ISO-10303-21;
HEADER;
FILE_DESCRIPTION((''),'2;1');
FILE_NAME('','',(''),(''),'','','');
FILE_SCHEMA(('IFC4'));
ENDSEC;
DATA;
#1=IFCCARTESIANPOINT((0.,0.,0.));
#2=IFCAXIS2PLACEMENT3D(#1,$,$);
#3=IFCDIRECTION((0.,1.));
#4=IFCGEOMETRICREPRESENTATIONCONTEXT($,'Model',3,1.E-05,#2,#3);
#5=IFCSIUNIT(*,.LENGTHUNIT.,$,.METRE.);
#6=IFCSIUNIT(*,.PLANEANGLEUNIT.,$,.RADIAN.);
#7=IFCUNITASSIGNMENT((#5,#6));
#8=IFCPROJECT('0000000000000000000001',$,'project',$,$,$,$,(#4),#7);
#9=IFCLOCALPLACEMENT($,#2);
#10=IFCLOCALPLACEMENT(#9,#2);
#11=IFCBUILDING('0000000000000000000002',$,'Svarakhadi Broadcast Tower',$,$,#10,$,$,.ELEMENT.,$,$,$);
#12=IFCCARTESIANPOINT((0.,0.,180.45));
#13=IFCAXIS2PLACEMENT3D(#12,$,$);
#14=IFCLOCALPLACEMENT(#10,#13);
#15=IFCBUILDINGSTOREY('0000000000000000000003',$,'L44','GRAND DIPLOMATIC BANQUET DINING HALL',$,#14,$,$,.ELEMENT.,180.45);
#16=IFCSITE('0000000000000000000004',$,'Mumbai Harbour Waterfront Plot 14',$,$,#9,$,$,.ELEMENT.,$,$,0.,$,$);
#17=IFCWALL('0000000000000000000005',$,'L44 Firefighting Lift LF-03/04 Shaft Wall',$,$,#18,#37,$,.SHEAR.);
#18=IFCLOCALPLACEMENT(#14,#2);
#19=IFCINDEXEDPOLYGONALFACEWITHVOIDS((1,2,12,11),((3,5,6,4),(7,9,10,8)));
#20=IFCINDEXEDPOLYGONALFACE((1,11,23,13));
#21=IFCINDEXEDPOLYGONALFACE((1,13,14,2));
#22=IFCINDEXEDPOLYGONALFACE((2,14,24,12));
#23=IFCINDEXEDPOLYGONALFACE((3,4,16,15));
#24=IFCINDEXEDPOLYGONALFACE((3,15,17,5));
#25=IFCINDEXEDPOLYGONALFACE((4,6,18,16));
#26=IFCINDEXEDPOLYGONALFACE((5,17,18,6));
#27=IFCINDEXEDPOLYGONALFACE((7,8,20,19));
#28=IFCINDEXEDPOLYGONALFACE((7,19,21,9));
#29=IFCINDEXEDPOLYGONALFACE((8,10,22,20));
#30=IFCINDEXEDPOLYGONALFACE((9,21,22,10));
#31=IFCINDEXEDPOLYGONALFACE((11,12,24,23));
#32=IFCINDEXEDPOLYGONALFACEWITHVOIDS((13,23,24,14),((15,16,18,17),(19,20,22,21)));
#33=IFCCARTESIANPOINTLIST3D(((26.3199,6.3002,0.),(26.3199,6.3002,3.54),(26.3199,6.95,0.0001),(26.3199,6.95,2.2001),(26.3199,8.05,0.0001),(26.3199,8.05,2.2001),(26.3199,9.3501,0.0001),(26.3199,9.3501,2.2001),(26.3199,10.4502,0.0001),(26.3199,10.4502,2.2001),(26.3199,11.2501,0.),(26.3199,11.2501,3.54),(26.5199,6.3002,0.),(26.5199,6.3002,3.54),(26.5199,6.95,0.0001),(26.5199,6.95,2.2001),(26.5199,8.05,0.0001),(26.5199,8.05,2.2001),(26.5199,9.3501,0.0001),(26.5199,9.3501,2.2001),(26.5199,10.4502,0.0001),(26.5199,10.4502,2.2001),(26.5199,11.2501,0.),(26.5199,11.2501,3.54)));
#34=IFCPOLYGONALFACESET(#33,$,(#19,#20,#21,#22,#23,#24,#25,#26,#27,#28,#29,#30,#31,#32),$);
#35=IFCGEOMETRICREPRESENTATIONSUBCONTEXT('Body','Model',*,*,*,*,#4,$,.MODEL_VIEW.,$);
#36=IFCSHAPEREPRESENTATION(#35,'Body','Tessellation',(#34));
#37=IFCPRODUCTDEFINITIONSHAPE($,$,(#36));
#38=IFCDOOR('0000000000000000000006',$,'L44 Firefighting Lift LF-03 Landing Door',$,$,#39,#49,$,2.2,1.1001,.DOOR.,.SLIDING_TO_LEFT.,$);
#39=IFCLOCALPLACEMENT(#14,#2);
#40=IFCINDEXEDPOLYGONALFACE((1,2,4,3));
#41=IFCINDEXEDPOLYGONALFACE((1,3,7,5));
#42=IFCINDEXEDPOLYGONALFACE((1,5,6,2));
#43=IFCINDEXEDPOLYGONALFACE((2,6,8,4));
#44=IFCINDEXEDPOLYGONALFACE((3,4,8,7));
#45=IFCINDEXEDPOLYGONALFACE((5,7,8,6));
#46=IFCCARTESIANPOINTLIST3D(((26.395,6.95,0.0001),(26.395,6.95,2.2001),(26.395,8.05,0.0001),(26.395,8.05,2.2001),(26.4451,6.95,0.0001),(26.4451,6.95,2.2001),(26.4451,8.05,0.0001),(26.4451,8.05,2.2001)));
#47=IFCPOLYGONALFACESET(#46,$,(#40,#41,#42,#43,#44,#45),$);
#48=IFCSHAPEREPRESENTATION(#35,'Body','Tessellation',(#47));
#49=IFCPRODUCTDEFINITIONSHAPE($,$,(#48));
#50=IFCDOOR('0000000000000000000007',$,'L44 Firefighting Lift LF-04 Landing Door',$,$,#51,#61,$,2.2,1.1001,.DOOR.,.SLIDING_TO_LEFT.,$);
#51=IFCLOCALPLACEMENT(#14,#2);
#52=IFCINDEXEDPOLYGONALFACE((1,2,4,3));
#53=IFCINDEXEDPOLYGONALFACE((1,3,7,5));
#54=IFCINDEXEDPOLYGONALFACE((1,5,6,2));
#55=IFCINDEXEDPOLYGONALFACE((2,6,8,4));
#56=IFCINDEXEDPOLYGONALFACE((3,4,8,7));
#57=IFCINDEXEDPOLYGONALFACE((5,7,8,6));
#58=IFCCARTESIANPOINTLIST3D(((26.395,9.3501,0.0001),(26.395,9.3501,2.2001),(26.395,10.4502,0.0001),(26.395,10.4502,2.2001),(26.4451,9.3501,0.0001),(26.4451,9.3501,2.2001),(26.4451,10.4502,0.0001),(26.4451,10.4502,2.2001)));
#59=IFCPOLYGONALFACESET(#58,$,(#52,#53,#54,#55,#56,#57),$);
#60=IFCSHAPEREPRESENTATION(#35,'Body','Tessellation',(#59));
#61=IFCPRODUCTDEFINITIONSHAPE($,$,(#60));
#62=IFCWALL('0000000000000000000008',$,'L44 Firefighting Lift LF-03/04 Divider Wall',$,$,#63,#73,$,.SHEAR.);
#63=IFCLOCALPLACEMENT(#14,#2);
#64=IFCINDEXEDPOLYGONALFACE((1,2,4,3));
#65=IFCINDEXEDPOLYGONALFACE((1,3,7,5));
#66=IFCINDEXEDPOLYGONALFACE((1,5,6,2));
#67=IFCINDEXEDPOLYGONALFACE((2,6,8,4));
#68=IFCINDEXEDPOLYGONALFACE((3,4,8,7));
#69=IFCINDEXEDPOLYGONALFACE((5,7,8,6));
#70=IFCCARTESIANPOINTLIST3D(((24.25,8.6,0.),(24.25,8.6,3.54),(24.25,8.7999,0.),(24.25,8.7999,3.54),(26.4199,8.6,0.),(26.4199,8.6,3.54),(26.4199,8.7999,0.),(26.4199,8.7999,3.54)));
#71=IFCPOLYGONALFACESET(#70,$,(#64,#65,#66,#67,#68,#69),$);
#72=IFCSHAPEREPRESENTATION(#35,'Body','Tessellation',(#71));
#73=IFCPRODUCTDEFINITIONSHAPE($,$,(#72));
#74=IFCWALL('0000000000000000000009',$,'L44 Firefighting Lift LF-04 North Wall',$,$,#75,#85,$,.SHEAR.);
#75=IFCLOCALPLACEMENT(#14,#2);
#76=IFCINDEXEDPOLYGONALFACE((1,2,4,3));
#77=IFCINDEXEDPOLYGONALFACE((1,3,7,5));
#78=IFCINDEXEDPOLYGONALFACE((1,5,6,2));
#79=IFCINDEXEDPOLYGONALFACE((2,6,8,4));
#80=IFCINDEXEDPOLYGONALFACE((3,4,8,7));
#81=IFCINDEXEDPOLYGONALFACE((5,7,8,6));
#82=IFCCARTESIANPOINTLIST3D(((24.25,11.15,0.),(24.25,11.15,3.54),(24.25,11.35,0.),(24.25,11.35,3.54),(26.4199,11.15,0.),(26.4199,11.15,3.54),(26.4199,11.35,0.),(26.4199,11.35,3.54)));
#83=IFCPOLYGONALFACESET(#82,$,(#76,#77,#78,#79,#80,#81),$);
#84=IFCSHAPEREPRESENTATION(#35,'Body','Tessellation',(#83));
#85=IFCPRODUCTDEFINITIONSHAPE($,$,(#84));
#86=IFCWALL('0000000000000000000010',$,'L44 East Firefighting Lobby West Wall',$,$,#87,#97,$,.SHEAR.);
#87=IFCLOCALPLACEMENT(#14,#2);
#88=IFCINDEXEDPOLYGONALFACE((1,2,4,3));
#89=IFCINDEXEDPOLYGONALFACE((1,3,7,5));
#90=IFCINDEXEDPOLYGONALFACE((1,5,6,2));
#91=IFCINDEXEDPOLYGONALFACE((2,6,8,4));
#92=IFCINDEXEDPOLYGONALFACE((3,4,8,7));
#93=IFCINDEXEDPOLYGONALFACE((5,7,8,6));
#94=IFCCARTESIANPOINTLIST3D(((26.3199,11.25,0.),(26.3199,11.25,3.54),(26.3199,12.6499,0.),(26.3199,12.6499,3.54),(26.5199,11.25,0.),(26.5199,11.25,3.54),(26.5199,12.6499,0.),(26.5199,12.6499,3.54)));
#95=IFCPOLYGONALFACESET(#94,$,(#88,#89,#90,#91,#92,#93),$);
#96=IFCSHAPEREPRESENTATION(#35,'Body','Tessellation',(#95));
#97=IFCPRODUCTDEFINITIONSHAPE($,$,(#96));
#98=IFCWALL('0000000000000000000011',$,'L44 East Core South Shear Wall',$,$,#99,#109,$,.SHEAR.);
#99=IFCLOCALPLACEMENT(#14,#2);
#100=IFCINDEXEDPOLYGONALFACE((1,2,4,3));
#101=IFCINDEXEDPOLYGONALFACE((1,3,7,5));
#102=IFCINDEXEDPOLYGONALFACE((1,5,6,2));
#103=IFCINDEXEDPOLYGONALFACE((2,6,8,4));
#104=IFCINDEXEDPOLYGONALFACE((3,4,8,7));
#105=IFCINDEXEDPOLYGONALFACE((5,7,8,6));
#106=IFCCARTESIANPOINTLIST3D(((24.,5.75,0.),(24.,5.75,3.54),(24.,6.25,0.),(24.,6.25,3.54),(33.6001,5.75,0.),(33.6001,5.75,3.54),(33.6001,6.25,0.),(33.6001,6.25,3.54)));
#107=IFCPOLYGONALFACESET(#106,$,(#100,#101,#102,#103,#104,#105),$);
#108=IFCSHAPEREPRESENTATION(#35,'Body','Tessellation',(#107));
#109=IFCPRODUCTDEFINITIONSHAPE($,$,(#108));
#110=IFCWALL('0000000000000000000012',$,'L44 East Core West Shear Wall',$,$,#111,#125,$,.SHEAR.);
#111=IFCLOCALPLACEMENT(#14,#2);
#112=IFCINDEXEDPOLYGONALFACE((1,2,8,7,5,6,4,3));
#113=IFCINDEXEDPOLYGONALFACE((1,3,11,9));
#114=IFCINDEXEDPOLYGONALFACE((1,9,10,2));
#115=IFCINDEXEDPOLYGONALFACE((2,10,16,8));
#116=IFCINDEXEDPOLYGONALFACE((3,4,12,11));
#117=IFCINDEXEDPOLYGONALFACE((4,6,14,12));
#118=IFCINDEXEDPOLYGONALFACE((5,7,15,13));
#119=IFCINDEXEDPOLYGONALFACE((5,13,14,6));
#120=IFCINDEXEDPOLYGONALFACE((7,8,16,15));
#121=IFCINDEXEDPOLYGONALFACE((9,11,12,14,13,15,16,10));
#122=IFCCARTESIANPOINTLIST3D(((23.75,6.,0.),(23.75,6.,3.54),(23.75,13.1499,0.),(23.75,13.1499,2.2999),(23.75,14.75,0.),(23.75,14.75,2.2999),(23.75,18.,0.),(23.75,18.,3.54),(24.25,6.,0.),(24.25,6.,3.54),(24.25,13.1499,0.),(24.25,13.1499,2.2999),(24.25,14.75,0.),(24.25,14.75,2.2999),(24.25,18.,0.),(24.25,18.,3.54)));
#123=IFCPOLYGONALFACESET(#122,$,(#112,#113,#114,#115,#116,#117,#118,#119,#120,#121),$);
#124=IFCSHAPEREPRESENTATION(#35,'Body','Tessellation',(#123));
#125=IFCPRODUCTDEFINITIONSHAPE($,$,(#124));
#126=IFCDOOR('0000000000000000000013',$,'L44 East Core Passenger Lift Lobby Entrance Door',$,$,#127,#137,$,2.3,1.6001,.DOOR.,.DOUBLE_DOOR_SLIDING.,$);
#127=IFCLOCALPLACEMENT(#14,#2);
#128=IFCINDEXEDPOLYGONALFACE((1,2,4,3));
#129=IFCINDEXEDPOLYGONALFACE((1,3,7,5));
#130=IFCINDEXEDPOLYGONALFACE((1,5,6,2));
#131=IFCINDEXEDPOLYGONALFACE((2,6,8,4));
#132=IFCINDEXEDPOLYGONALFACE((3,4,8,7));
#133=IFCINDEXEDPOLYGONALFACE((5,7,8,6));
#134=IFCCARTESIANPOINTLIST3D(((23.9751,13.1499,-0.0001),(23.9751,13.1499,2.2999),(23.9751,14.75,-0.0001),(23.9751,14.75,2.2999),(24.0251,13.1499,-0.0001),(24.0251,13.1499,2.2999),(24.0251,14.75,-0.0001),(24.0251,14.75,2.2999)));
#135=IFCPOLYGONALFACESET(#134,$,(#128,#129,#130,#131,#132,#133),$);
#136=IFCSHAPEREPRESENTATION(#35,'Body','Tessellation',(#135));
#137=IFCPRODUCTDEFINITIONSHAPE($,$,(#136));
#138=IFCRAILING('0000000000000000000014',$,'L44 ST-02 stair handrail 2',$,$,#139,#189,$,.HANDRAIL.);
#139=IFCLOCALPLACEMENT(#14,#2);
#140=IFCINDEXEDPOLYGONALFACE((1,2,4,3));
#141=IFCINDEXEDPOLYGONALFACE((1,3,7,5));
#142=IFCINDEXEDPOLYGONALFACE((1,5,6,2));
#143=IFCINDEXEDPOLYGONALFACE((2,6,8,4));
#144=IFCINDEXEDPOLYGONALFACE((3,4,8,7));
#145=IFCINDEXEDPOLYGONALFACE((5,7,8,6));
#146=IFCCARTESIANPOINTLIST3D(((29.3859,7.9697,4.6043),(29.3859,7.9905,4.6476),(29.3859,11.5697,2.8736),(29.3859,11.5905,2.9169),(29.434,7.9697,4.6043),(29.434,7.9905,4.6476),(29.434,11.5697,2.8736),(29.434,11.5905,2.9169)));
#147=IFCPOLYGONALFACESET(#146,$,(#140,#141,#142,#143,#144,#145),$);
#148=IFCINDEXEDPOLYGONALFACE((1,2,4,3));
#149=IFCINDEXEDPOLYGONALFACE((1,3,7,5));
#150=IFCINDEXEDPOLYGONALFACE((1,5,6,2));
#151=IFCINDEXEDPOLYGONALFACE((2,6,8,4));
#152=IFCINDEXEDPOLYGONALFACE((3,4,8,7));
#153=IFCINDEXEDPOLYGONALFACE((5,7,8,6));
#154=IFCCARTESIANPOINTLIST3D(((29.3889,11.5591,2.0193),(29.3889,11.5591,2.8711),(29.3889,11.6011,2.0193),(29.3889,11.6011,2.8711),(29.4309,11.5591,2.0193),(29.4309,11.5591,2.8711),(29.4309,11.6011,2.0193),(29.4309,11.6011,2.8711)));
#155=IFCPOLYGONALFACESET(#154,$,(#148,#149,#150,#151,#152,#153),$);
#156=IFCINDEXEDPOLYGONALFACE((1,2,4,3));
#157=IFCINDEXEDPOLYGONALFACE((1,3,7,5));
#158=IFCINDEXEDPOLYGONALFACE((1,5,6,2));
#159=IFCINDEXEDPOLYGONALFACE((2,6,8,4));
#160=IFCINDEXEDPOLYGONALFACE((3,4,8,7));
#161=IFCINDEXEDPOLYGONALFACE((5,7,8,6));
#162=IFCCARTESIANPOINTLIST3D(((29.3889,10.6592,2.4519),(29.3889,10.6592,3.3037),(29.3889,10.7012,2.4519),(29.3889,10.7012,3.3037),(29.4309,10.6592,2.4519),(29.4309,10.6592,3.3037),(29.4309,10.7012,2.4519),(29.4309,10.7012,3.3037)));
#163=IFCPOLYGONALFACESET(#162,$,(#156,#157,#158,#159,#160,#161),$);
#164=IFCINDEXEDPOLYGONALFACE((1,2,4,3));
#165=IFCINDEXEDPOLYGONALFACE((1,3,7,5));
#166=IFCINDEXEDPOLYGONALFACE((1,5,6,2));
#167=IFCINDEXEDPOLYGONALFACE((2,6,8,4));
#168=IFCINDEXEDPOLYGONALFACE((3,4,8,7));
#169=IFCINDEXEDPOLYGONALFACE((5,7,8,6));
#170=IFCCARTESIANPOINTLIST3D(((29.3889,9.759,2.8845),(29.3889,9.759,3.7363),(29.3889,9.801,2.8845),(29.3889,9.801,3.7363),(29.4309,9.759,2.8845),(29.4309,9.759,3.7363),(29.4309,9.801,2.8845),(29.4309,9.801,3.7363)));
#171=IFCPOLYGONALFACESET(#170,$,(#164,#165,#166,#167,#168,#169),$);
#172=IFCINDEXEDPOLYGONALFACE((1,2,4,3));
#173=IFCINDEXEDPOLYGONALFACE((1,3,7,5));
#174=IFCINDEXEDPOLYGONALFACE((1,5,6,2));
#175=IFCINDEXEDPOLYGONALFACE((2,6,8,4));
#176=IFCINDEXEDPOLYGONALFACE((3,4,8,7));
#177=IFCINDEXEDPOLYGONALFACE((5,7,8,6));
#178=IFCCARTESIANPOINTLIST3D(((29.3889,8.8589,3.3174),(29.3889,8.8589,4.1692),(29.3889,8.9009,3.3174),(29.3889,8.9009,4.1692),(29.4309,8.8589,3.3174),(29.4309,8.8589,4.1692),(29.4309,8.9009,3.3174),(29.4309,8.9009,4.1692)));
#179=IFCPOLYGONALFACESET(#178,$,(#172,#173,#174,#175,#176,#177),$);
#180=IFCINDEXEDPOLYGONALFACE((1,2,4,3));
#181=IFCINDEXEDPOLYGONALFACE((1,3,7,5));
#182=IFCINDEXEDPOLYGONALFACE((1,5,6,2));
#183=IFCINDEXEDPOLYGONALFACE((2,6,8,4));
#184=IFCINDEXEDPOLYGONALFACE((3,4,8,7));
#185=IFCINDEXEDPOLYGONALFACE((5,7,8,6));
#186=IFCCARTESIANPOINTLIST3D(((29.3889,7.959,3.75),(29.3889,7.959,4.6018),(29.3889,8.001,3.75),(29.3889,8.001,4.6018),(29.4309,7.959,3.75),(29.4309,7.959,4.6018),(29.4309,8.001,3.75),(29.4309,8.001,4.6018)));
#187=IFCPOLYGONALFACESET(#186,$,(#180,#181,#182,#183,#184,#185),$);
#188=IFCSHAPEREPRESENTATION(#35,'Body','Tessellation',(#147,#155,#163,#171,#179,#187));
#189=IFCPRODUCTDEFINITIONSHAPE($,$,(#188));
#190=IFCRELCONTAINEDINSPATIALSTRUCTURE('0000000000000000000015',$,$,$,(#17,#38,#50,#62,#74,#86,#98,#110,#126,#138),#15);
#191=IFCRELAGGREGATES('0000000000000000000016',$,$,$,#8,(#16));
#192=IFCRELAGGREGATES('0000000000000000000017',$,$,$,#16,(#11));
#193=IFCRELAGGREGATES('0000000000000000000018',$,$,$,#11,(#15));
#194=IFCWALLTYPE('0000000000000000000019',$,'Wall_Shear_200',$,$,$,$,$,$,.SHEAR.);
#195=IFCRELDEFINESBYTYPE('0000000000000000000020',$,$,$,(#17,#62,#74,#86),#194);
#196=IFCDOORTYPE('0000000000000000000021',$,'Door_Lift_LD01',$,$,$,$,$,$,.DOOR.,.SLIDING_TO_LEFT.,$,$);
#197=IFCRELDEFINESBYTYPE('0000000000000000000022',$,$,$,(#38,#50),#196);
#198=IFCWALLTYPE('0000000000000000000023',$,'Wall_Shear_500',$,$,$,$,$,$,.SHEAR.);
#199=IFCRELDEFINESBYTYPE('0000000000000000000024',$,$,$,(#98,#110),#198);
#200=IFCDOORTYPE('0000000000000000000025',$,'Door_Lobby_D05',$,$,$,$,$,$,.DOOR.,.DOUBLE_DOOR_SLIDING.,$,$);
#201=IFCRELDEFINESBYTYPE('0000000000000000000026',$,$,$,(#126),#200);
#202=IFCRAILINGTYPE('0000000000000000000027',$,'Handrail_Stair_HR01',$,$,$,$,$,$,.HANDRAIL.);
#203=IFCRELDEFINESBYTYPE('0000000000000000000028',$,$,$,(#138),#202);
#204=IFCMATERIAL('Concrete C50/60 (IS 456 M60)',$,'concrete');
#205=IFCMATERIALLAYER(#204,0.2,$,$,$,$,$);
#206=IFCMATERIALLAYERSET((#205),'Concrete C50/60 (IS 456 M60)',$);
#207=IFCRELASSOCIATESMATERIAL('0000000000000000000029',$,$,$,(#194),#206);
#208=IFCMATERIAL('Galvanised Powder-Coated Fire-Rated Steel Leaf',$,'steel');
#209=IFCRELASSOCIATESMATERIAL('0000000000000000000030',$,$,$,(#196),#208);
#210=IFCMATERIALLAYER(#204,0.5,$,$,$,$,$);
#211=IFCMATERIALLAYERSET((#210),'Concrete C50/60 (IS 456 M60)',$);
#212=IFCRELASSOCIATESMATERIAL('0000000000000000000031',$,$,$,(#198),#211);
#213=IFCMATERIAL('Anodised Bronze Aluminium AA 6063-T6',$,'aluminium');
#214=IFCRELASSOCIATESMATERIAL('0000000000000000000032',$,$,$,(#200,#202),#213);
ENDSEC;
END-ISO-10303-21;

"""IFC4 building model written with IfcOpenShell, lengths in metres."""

from ifc_helpers import new_model, si_unit, direction, frame, frame_2d, origin, origin_2d, place, context, subcontext, project, spatial, rectangle, extrude, material, layer, layer_set, type_object, element, fill, save


model = new_model("IFC4")

# Units and contexts
model_context = context("Model", 3, precision=1e-05, world=origin(), true_north=direction((0.0, 1.0)))
body_context = subcontext(model_context, "Body", "Model", "MODEL_VIEW")
ifc_project = project(units=[si_unit("LENGTHUNIT", "METRE"), si_unit("PLANEANGLEUNIT", "RADIAN")], contexts=[model_context])

# Site, building, storey
site_placement = place(None, origin())
site = spatial("IfcSite", under=ifc_project, at=site_placement, Name="Mumbai Harbour Waterfront Plot 14", CompositionType="ELEMENT", RefElevation=0.0)
building_placement = place(site_placement, origin())
building = spatial("IfcBuilding", under=site, at=building_placement, Name="Svarakhadi Broadcast Tower", CompositionType="ELEMENT")
storey_placement = place(building_placement, frame((0.0, 0.0, 180.45)))
storey = spatial("IfcBuildingStorey", under=building, at=storey_placement, Name="L44", Description="GRAND DIPLOMATIC BANQUET DINING HALL", CompositionType="ELEMENT", Elevation=180.45)

# Shared definitions
ifc_material_1 = material(Name="Concrete C50/60 (IS 456 M60)", Category="concrete")

# Shared definitions
ifc_layer_1 = layer(ifc_material_1, 0.2)
ifc_layer_set_1 = layer_set([ifc_layer_1], Name="Concrete C50/60 (IS 456 M60)")
wall_type_1 = type_object("IfcWallType", Name="Wall_Shear_200", PredefinedType="SHEAR", material=ifc_layer_set_1)
ifc_material_2 = material(Name="Galvanised Powder-Coated Fire-Rated Steel Leaf", Category="steel")

# Wall, openings, doors
wall_1_placement = place(storey_placement, frame((26.4199, 6.3, 0.0), z_axis=(0.0, 0.0, 1.0), x_axis=(0.0, 1.0, 0.0)))
wall_1 = element("IfcWall", 1, at=wall_1_placement, inside=storey, type_object=wall_type_1, Name="L44 Firefighting Lift LF-03/04 Shaft Wall", PredefinedType="SHEAR", context=body_context, shape_type="SweptSolid", body=[
    extrude(rectangle(XDim=4.95, YDim=0.2, at=frame_2d((2.4751, 0.0))), origin(), (0.0, 0.0, 1.0), 3.54),
])
opening_1_placement = place(wall_1_placement, frame((0.6499, 0.0, 0.0)))
opening_1 = element("IfcOpeningElement", 2, at=opening_1_placement, cuts=wall_1, PredefinedType="OPENING", context=body_context, shape_type="SweptSolid", body=[
    extrude(rectangle(XDim=1.1001, YDim=2.2, at=frame_2d((0.55, 1.1001))), frame((0.0, 0.1099, 0.0), z_axis=(0.0, -1.0, 0.0), x_axis=(1.0, 0.0, 0.0)), (0.0, 0.0, 1.0), 0.22),
])
opening_2_placement = place(wall_1_placement, frame((3.05, 0.0, 0.0)))
opening_2 = element("IfcOpeningElement", 3, at=opening_2_placement, cuts=wall_1, PredefinedType="OPENING", context=body_context, shape_type="SweptSolid", body=[
    extrude(rectangle(XDim=1.1001, YDim=2.2, at=frame_2d((0.55, 1.1001))), frame((0.0, 0.1099, 0.0), z_axis=(0.0, -1.0, 0.0), x_axis=(1.0, 0.0, 0.0)), (0.0, 0.0, 1.0), 0.22),
])
door_type_1 = type_object("IfcDoorType", Name="Door_Lift_LD01", OperationType="SLIDING_TO_LEFT", PredefinedType="DOOR", material=ifc_material_2)
door_1_placement = place(opening_1_placement, origin())
door_1 = element("IfcDoor", 4, at=door_1_placement, inside=storey, type_object=door_type_1, Name="L44 Firefighting Lift LF-03 Landing Door", OperationType="SLIDING_TO_LEFT", OverallHeight=2.2, OverallWidth=1.1001, PredefinedType="DOOR", context=body_context, shape_type="SweptSolid", body=[
    extrude(rectangle(XDim=1.1001, YDim=2.2, at=frame_2d((0.55, 1.1001))), frame((0.0, 0.0249, 0.0), z_axis=(0.0, -1.0, 0.0), x_axis=(1.0, 0.0, 0.0)), (0.0, 0.0, 1.0), 0.05),
])
fill(opening_1, door_1)
door_2_placement = place(opening_2_placement, origin())
door_2 = element("IfcDoor", 5, at=door_2_placement, inside=storey, type_object=door_type_1, Name="L44 Firefighting Lift LF-04 Landing Door", OperationType="SLIDING_TO_LEFT", OverallHeight=2.2, OverallWidth=1.1001, PredefinedType="DOOR", context=body_context, shape_type="SweptSolid", body=[
    extrude(rectangle(XDim=1.1001, YDim=2.2, at=frame_2d((0.55, 1.1001))), frame((0.0, 0.0249, 0.0), z_axis=(0.0, -1.0, 0.0), x_axis=(1.0, 0.0, 0.0)), (0.0, 0.0, 1.0), 0.05),
])
fill(opening_2, door_2)

# Walls
for number, where, z_axis, x_axis, name in (
    (6, (24.25, 8.7, 0.0), (0.0, 0.0, 1.0), (1.0, 0.0, 0.0), "L44 Firefighting Lift LF-03/04 Divider Wall"),
    (7, (24.25, 11.25, 0.0), (0.0, 0.0, 1.0), (1.0, 0.0, 0.0), "L44 Firefighting Lift LF-04 North Wall"),
):
    element("IfcWall", number, at=place(storey_placement, frame(where, z_axis=z_axis, x_axis=x_axis)), inside=storey, type_object=wall_type_1, Name=name, PredefinedType="SHEAR", context=body_context, shape_type="SweptSolid", body=[
        extrude(rectangle(XDim=2.1699, YDim=0.2, at=frame_2d((1.085, 0.0))), origin(), (0.0, 0.0, 1.0), 3.54),
    ])
wall_2_placement = place(storey_placement, frame((26.4199, 11.25, 0.0), z_axis=(0.0, 0.0, 1.0), x_axis=(0.0, 1.0, 0.0)))
element("IfcWall", 8, at=wall_2_placement, inside=storey, type_object=wall_type_1, Name="L44 East Firefighting Lobby West Wall", PredefinedType="SHEAR", context=body_context, shape_type="SweptSolid", body=[
    extrude(rectangle(XDim=1.3999, YDim=0.2, at=frame_2d((0.7, 0.0))), origin(), (0.0, 0.0, 1.0), 3.54),
])
ifc_layer_2 = layer(ifc_material_1, 0.5)
ifc_layer_set_2 = layer_set([ifc_layer_2], Name="Concrete C50/60 (IS 456 M60)")
wall_type_2 = type_object("IfcWallType", Name="Wall_Shear_500", PredefinedType="SHEAR", material=ifc_layer_set_2)
wall_3_placement = place(storey_placement, frame((24.0, 6.0, 0.0), z_axis=(0.0, 0.0, 1.0), x_axis=(1.0, 0.0, 0.0)))
element("IfcWall", 9, at=wall_3_placement, inside=storey, type_object=wall_type_2, Name="L44 East Core South Shear Wall", PredefinedType="SHEAR", context=body_context, shape_type="SweptSolid", body=[
    extrude(rectangle(XDim=9.6001, YDim=0.5, at=frame_2d((4.8, 0.0))), origin(), (0.0, 0.0, 1.0), 3.54),
])

# Wall, opening, door
wall_4_placement = place(storey_placement, frame((24.0, 6.0, 0.0), z_axis=(0.0, 0.0, 1.0), x_axis=(0.0, 1.0, 0.0)))
wall_4 = element("IfcWall", 10, at=wall_4_placement, inside=storey, type_object=wall_type_2, Name="L44 East Core West Shear Wall", PredefinedType="SHEAR", context=body_context, shape_type="SweptSolid", body=[
    extrude(rectangle(XDim=12.0, YDim=0.5, at=frame_2d((6.0, 0.0))), origin(), (0.0, 0.0, 1.0), 3.54),
])
opening_3_placement = place(wall_4_placement, frame((7.1499, 0.0, 0.0)))
opening_3 = element("IfcOpeningElement", 11, at=opening_3_placement, cuts=wall_4, PredefinedType="OPENING", context=body_context, shape_type="SweptSolid", body=[
    extrude(rectangle(XDim=1.6001, YDim=2.3, at=frame_2d((0.8, 1.1499))), frame((0.0, 0.26, 0.0), z_axis=(0.0, -1.0, 0.0), x_axis=(1.0, 0.0, 0.0)), (0.0, 0.0, 1.0), 0.52),
])
ifc_material_3 = material(Name="Anodised Bronze Aluminium AA 6063-T6", Category="aluminium")
door_type_2 = type_object("IfcDoorType", Name="Door_Lobby_D05", OperationType="DOUBLE_DOOR_SLIDING", PredefinedType="DOOR", material=ifc_material_3)
door_3_placement = place(opening_3_placement, origin())
door_3 = element("IfcDoor", 12, at=door_3_placement, inside=storey, type_object=door_type_2, Name="L44 East Core Passenger Lift Lobby Entrance Door", OperationType="DOUBLE_DOOR_SLIDING", OverallHeight=2.3, OverallWidth=1.6001, PredefinedType="DOOR", context=body_context, shape_type="SweptSolid", body=[
    extrude(rectangle(XDim=1.6001, YDim=2.3, at=frame_2d((0.8, 1.1499))), frame((0.0, 0.0249, 0.0), z_axis=(0.0, -1.0, 0.0), x_axis=(1.0, 0.0, 0.0)), (0.0, 0.0, 1.0), 0.05),
])
fill(opening_3, door_3)

# Railing
railing_type = type_object("IfcRailingType", Name="Handrail_Stair_HR01", PredefinedType="HANDRAIL", material=ifc_material_3)
railing_placement = place(storey_placement, frame((29.4099, 11.5801, 2.0193)))
element("IfcRailing", 13, at=railing_placement, inside=storey, type_object=railing_type, Name="L44 ST-02 stair handrail 2", PredefinedType="HANDRAIL", context=body_context, shape_type="SweptSolid", body=[
    extrude(rectangle(XDim=0.0481, YDim=0.0481, at=origin_2d()), frame((0.0, 0.0, 0.876), z_axis=(0.0, -0.901263, 0.433273), x_axis=(1.0, 0.0, 0.0)), (0.0, 0.0, 1.0), 3.9944),
    extrude(rectangle(XDim=0.042, YDim=0.042, at=origin_2d()), origin(), (0.0, 0.0, 1.0), 0.8518),
    extrude(rectangle(XDim=0.042, YDim=0.042, at=origin_2d()), frame((0.0, -0.8999, 0.4326)), (0.0, 0.0, 1.0), 0.8518),
    extrude(rectangle(XDim=0.042, YDim=0.042, at=origin_2d()), frame((0.0, -1.8, 0.8652)), (0.0, 0.0, 1.0), 0.8518),
    extrude(rectangle(XDim=0.042, YDim=0.042, at=origin_2d()), frame((0.0, -2.7002, 1.2981)), (0.0, 0.0, 1.0), 0.8518),
    extrude(rectangle(XDim=0.042, YDim=0.042, at=origin_2d()), frame((0.0, -3.6001, 1.7307)), (0.0, 0.0, 1.0), 0.8518),
])

save(model, "model.ifc")
